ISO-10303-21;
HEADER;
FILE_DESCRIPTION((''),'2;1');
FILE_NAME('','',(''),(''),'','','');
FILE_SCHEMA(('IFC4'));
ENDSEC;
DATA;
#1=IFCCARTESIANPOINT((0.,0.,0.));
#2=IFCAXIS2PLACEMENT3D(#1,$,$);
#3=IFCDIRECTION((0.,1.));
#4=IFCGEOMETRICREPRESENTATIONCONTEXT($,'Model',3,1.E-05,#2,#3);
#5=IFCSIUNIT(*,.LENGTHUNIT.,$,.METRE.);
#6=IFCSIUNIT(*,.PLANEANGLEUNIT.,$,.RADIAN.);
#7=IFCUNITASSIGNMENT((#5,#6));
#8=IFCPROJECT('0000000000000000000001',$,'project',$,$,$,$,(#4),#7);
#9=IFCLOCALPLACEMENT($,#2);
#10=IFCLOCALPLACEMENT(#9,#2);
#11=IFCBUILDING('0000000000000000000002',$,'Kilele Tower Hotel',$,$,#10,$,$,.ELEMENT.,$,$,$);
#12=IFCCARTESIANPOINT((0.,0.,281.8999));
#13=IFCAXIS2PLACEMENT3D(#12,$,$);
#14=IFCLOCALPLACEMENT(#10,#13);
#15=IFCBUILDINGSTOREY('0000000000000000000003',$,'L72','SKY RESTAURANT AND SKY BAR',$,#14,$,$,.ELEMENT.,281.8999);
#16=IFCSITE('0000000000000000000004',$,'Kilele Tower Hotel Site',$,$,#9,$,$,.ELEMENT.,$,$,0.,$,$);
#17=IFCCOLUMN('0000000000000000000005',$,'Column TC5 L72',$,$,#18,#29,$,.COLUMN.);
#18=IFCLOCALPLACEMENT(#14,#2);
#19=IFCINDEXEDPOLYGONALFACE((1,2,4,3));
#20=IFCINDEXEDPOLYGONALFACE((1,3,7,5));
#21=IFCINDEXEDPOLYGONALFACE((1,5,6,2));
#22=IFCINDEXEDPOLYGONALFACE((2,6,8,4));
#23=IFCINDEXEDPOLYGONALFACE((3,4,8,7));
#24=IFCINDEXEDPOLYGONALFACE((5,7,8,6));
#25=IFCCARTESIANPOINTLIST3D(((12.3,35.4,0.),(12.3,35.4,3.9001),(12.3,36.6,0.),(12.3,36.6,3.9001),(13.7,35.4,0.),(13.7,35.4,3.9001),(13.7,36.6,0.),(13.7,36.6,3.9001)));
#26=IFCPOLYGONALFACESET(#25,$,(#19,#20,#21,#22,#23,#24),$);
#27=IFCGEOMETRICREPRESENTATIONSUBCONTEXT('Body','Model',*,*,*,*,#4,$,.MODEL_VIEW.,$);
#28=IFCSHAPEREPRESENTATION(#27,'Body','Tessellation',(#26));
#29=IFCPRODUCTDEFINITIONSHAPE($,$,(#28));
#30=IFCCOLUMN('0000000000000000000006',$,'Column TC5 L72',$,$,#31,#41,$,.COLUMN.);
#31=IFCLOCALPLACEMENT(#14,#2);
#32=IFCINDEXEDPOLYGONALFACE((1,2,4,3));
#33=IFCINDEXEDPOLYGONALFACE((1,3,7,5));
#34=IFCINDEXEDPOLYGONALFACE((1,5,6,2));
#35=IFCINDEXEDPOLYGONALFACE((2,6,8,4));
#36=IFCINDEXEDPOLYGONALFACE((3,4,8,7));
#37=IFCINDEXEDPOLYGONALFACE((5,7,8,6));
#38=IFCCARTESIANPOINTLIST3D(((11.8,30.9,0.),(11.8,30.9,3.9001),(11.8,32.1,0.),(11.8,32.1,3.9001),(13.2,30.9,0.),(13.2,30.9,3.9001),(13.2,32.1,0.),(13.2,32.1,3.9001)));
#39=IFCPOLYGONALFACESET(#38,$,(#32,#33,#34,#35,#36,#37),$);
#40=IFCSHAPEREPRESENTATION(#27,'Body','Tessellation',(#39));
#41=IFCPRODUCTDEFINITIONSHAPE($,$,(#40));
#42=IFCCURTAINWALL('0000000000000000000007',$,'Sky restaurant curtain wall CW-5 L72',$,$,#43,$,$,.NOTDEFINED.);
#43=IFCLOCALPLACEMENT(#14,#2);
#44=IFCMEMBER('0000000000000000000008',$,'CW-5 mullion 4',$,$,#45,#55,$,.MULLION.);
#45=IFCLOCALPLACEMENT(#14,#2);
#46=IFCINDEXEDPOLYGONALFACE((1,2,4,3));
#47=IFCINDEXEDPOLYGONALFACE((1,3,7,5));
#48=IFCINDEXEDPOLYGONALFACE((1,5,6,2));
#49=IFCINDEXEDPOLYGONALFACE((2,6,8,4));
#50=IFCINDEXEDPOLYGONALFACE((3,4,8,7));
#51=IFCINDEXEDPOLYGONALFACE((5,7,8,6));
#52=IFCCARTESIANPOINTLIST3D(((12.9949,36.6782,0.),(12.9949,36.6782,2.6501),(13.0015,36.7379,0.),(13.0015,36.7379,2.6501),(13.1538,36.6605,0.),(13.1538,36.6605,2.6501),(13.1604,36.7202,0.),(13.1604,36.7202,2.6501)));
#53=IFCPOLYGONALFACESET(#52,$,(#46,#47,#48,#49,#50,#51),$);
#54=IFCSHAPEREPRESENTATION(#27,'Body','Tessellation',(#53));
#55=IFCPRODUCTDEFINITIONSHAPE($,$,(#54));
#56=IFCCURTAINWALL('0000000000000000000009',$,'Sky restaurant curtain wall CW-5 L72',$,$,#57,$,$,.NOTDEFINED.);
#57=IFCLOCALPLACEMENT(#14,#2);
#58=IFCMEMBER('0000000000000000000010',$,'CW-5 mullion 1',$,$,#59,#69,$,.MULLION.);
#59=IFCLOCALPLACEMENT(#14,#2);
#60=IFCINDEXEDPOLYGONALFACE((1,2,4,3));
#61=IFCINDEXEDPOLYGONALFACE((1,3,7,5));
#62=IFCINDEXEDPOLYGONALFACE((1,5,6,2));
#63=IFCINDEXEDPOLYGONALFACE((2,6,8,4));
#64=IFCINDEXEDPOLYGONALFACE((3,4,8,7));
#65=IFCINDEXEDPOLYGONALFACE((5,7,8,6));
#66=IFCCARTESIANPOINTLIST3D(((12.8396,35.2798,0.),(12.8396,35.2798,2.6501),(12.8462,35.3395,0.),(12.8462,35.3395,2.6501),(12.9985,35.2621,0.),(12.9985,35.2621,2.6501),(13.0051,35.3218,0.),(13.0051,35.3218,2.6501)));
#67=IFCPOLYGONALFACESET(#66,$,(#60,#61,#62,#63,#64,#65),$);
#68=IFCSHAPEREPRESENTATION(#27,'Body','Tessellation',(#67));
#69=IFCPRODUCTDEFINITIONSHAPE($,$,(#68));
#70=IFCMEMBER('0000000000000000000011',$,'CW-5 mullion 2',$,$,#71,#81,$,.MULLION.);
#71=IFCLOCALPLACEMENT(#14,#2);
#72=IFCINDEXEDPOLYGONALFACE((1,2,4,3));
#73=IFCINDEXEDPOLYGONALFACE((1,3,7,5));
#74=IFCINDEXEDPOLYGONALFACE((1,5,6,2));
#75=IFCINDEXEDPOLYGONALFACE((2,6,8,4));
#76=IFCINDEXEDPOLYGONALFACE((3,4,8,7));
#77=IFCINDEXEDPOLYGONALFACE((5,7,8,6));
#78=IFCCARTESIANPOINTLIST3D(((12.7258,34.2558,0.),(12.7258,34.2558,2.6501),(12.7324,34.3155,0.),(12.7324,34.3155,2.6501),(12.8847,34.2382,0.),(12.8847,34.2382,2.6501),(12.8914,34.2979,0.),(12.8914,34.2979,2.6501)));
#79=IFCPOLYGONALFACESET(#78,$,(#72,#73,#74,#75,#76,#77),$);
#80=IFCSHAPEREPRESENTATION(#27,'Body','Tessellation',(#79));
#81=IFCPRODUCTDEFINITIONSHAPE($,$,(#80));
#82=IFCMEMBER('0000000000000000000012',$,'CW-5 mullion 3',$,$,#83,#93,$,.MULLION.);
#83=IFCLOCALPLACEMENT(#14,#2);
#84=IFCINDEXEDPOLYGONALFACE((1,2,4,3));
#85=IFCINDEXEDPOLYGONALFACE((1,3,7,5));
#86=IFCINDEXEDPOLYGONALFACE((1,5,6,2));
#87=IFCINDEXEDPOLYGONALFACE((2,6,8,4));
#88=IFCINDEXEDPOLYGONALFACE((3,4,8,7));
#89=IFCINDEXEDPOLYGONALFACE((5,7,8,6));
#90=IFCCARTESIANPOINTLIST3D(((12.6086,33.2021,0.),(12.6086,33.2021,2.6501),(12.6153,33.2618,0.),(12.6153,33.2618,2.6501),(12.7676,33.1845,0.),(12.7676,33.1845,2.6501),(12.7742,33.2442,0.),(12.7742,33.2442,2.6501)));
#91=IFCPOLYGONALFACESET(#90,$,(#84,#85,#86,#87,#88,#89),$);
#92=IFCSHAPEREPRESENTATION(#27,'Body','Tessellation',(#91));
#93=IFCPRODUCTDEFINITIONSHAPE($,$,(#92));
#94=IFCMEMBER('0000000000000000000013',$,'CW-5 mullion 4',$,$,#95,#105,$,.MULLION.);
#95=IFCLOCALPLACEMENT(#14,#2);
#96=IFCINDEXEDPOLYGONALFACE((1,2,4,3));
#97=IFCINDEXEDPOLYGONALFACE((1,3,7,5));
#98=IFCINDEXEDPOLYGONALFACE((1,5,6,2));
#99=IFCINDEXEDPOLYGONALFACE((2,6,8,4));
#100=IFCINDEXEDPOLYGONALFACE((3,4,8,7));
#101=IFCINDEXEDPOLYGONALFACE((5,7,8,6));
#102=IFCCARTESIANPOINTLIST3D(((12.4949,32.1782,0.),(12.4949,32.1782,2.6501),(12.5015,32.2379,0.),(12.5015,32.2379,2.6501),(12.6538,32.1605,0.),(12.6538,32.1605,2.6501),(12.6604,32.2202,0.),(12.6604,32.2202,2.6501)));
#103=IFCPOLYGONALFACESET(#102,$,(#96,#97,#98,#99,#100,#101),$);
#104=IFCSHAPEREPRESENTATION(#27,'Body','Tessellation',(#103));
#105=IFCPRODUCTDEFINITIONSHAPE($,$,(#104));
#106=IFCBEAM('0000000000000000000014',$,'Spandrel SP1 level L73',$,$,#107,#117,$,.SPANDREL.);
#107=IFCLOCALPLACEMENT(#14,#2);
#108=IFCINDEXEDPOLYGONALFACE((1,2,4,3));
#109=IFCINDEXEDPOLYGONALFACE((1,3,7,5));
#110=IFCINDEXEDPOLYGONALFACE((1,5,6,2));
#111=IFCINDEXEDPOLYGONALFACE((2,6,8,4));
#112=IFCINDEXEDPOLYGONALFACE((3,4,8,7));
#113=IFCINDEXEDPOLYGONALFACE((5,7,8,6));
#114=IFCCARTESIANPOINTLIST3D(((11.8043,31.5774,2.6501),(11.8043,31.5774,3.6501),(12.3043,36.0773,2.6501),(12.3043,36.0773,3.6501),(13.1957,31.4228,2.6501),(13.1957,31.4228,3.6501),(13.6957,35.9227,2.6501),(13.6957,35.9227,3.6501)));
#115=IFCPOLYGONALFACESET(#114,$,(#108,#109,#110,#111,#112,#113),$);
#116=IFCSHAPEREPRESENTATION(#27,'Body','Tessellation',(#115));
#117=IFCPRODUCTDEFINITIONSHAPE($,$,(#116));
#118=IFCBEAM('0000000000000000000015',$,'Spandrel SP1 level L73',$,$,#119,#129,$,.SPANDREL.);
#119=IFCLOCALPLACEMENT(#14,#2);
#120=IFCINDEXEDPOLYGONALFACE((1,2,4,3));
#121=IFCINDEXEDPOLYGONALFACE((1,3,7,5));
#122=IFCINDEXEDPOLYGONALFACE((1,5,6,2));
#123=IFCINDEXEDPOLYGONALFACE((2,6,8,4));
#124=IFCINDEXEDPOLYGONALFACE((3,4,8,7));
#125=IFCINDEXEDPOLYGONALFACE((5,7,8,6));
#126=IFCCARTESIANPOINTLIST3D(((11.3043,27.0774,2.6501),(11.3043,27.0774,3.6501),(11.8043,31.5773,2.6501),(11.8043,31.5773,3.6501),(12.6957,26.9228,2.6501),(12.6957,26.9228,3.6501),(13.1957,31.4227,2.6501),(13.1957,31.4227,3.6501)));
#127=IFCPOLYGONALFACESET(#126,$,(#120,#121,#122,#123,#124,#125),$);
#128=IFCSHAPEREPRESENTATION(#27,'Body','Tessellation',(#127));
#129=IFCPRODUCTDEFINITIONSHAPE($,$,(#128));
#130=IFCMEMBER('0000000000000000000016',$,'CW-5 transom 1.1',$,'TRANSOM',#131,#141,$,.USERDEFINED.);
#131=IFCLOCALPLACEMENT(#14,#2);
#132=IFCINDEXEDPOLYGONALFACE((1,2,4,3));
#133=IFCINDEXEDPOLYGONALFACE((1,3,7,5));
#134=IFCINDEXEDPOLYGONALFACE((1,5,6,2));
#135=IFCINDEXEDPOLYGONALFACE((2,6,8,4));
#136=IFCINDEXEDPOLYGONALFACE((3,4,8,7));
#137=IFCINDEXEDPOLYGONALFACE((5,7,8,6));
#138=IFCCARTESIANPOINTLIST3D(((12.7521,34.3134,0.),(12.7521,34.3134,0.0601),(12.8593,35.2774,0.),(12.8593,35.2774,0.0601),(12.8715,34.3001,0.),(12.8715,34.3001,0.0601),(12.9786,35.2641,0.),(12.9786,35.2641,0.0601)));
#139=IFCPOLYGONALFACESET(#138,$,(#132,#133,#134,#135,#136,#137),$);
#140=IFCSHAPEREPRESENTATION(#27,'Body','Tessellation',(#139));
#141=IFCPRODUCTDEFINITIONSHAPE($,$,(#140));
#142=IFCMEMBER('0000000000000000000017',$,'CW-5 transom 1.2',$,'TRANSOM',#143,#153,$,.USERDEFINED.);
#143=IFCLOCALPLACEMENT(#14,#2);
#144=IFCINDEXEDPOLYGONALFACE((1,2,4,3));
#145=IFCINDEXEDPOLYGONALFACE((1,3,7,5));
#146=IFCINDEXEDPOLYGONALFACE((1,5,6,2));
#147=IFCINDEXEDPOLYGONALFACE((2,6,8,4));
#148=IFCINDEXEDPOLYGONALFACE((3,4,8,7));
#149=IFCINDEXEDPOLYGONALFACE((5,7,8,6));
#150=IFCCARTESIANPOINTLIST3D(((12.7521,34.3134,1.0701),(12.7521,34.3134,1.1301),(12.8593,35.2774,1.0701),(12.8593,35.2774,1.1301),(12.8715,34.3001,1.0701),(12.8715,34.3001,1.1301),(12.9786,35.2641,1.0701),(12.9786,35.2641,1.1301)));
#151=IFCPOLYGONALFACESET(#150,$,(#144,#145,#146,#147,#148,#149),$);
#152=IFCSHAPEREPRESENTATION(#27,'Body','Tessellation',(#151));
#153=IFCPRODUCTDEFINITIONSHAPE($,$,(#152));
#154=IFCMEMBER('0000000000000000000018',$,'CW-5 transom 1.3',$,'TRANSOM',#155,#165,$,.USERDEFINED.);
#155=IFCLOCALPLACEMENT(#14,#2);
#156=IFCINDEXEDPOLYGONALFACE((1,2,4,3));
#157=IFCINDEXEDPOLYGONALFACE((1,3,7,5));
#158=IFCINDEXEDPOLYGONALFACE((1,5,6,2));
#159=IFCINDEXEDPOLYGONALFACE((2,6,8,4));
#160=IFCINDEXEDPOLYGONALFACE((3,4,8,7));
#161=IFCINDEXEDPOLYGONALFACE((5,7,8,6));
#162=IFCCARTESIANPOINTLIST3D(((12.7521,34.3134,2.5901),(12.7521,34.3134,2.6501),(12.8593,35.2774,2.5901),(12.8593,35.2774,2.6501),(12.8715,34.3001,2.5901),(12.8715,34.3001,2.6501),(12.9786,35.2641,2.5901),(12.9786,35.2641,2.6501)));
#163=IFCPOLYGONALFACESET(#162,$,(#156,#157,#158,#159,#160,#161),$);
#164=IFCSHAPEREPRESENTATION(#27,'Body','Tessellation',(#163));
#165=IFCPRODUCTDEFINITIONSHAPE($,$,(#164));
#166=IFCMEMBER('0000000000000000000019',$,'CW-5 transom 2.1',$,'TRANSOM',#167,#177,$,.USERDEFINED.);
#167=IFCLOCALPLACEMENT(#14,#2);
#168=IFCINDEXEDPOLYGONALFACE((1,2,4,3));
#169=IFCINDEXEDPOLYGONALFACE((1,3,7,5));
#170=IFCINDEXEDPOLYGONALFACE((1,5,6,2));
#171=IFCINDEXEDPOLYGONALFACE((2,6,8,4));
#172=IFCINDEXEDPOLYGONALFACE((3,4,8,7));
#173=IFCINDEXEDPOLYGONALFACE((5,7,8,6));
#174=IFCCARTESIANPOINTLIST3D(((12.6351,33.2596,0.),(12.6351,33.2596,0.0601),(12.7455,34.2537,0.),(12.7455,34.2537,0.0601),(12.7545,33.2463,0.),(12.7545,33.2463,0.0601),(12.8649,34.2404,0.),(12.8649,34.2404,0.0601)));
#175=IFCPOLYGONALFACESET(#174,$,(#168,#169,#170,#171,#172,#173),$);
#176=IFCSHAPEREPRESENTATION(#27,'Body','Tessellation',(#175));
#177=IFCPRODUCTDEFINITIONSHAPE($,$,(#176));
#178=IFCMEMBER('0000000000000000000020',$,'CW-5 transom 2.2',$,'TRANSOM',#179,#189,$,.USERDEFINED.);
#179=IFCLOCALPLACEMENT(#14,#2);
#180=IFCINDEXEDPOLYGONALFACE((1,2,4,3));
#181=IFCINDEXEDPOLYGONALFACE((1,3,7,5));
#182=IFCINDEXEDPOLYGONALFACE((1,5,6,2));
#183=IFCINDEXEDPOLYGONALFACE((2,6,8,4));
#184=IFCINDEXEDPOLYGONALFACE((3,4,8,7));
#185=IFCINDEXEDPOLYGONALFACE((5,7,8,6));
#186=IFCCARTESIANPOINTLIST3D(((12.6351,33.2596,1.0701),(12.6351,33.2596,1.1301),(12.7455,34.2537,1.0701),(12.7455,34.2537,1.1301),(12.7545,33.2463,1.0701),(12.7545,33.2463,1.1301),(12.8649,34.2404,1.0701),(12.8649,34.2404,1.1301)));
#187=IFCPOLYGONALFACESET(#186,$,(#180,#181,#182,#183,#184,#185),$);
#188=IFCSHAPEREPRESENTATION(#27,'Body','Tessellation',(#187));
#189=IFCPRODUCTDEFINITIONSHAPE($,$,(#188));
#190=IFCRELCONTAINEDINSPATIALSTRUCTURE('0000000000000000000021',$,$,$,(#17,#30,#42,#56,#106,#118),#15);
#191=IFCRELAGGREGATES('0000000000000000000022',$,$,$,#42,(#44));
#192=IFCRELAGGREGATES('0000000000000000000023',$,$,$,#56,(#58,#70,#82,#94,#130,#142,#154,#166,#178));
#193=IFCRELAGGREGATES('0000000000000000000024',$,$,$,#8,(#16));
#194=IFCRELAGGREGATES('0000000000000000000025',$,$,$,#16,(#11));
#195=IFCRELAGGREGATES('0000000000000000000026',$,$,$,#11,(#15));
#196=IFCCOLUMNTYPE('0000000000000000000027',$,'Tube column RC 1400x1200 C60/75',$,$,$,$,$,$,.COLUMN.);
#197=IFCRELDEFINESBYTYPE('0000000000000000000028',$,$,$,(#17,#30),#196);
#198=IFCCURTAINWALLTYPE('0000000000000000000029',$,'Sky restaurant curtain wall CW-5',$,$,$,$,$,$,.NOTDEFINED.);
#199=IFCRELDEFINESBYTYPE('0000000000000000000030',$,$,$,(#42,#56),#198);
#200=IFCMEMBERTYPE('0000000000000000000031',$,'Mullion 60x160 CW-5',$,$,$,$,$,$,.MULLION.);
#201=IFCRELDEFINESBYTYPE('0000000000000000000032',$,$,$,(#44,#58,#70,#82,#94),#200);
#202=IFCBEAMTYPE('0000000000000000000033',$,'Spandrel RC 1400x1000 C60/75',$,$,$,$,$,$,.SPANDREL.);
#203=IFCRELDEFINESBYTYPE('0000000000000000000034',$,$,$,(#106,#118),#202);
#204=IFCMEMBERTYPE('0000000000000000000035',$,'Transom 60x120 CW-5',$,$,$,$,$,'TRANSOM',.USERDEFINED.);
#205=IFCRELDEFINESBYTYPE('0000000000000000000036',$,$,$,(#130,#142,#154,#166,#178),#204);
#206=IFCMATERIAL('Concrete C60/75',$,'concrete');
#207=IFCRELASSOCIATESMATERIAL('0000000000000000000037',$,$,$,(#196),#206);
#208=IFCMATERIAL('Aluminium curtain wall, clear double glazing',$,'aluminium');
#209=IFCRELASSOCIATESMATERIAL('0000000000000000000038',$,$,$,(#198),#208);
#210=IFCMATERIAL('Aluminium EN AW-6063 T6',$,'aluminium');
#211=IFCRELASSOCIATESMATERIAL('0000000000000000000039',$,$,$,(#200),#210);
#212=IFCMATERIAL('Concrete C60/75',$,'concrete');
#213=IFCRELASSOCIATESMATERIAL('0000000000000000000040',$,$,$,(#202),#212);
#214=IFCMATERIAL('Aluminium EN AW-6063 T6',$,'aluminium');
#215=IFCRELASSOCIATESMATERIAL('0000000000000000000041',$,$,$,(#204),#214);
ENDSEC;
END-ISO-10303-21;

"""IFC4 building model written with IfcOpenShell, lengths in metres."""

from ifc_helpers import new_model, si_unit, direction, frame, origin, origin_2d, place, context, subcontext, project, spatial, rectangle, extrude, material, material_profile, profile_set, type_object, element, aggregate, save


model = new_model("IFC4")

# Units and contexts
model_context = context("Model", 3, precision=1e-05, world=origin(), true_north=direction((0.0, 1.0)))
body_context = subcontext(model_context, "Body", "Model", "MODEL_VIEW")
ifc_project = project(units=[si_unit("LENGTHUNIT", "METRE"), si_unit("PLANEANGLEUNIT", "RADIAN")], contexts=[model_context])

# Site, building, storey
site_placement = place(None, origin())
site = spatial("IfcSite", under=ifc_project, at=site_placement, Name="Kilele Tower Hotel Site", CompositionType="ELEMENT", RefElevation=0.0)
building_placement = place(site_placement, origin())
building = spatial("IfcBuilding", under=site, at=building_placement, Name="Kilele Tower Hotel", CompositionType="ELEMENT")
storey_placement = place(building_placement, frame((0.0, 0.0, 281.8999)))
storey = spatial("IfcBuildingStorey", under=building, at=storey_placement, Name="L72", Description="SKY RESTAURANT AND SKY BAR", CompositionType="ELEMENT", Elevation=281.8999)

# Columns
ifc_material_1 = material(Name="Concrete C60/75", Category="concrete")
ifc_material_profile_1 = material_profile(ifc_material_1, rectangle(XDim=1.3999, YDim=1.2, at=origin_2d()))
ifc_profile_set_1 = profile_set([ifc_material_profile_1], Name="Concrete C60/75")
column_type = type_object("IfcColumnType", Name="Tube column RC 1400x1200 C60/75", PredefinedType="COLUMN", material=ifc_profile_set_1)
for number, where, z_axis, x_axis, name in (
    (1, (13.0, 36.0, 0.0), (0.0, 0.0, 1.0), (1.0, 0.0, 0.0), "Column TC5 L72"),
    (2, (12.5, 31.5, 0.0), (0.0, 0.0, 1.0), (1.0, 0.0, 0.0), "Column TC5 L72"),
):
    element("IfcColumn", number, at=place(storey_placement, frame(where, z_axis=z_axis, x_axis=x_axis)), inside=storey, type_object=column_type, Name=name, PredefinedType="COLUMN", context=body_context, shape_type="SweptSolid", body=[
        extrude(rectangle(XDim=1.3999, YDim=1.2, at=origin_2d()), origin(), (0.0, 0.0, 1.0), 3.9001),
    ])

# Curtain wall, member
ifc_material_2 = material(Name="Aluminium curtain wall, clear double glazing", Category="aluminium")
curtain_wall_type = type_object("IfcCurtainWallType", Name="Sky restaurant curtain wall CW-5", PredefinedType="NOTDEFINED", material=ifc_material_2)
curtain_wall_1_placement = place(storey_placement, origin())
curtain_wall_1 = element("IfcCurtainWall", 3, at=curtain_wall_1_placement, inside=storey, type_object=curtain_wall_type, Name="Sky restaurant curtain wall CW-5 L72", PredefinedType="NOTDEFINED")
ifc_material_3 = material(Name="Aluminium EN AW-6063 T6", Category="aluminium")
ifc_material_profile_2 = material_profile(ifc_material_3, rectangle(XDim=0.1599, YDim=0.0601, at=origin_2d()))
ifc_profile_set_2 = profile_set([ifc_material_profile_2], Name="Aluminium EN AW-6063 T6")
member_type_1 = type_object("IfcMemberType", Name="Mullion 60x160 CW-5", PredefinedType="MULLION", material=ifc_profile_set_2)
member_1_placement = place(storey_placement, frame((13.0776, 36.6992, 0.0), z_axis=(0.0, 0.0, 1.0), x_axis=(0.993884, -0.110432, 0.0)))
member_1 = element("IfcMember", 4, at=member_1_placement, type_object=member_type_1, Name="CW-5 mullion 4", PredefinedType="MULLION", context=body_context, shape_type="SweptSolid", body=[
    extrude(rectangle(XDim=0.1599, YDim=0.0601, at=origin_2d()), origin(), (0.0, 0.0, 1.0), 2.6501),
])
aggregate(curtain_wall_1, [member_1])

# Curtain wall, members
curtain_wall_2_placement = place(storey_placement, origin())
curtain_wall_2 = element("IfcCurtainWall", 5, at=curtain_wall_2_placement, inside=storey, type_object=curtain_wall_type, Name="Sky restaurant curtain wall CW-5 L72", PredefinedType="NOTDEFINED")
member_2_placement = place(storey_placement, frame((12.9224, 35.3008, 0.0), z_axis=(0.0, 0.0, 1.0), x_axis=(0.993884, -0.110432, 0.0)))
member_2 = element("IfcMember", 6, at=member_2_placement, type_object=member_type_1, Name="CW-5 mullion 1", PredefinedType="MULLION", context=body_context, shape_type="SweptSolid", body=[
    extrude(rectangle(XDim=0.1599, YDim=0.0601, at=origin_2d()), origin(), (0.0, 0.0, 1.0), 2.6501),
])
member_3_placement = place(storey_placement, frame((12.8086, 34.2769, 0.0), z_axis=(0.0, 0.0, 1.0), x_axis=(0.993884, -0.110432, 0.0)))
member_3 = element("IfcMember", 7, at=member_3_placement, type_object=member_type_1, Name="CW-5 mullion 2", PredefinedType="MULLION", context=body_context, shape_type="SweptSolid", body=[
    extrude(rectangle(XDim=0.1599, YDim=0.0601, at=origin_2d()), origin(), (0.0, 0.0, 1.0), 2.6501),
])
member_4_placement = place(storey_placement, frame((12.6914, 33.2231, 0.0), z_axis=(0.0, 0.0, 1.0), x_axis=(0.993884, -0.110432, 0.0)))
member_4 = element("IfcMember", 8, at=member_4_placement, type_object=member_type_1, Name="CW-5 mullion 3", PredefinedType="MULLION", context=body_context, shape_type="SweptSolid", body=[
    extrude(rectangle(XDim=0.1599, YDim=0.0601, at=origin_2d()), origin(), (0.0, 0.0, 1.0), 2.6501),
])
member_5_placement = place(storey_placement, frame((12.5776, 32.1992, 0.0), z_axis=(0.0, 0.0, 1.0), x_axis=(0.993884, -0.110432, 0.0)))
member_5 = element("IfcMember", 9, at=member_5_placement, type_object=member_type_1, Name="CW-5 mullion 4", PredefinedType="MULLION", context=body_context, shape_type="SweptSolid", body=[
    extrude(rectangle(XDim=0.1599, YDim=0.0601, at=origin_2d()), origin(), (0.0, 0.0, 1.0), 2.6501),
])

# Beams
ifc_material_4 = material(Name="Concrete C60/75", Category="concrete")
ifc_material_profile_3 = material_profile(ifc_material_4, rectangle(XDim=1.3999, YDim=1.0, at=origin_2d()))
ifc_profile_set_3 = profile_set([ifc_material_profile_3], Name="Concrete C60/75")
beam_type = type_object("IfcBeamType", Name="Spandrel RC 1400x1000 C60/75", PredefinedType="SPANDREL", material=ifc_profile_set_3)
for number, where, z_axis, x_axis, name in (
    (10, (13.0, 36.0, 3.1501), (-0.110432, -0.993884, 0.0), (0.993884, -0.110432, 0.0), "Spandrel SP1 level L73"),
    (11, (12.5, 31.5, 3.1501), (-0.110432, -0.993884, 0.0), (0.993884, -0.110432, 0.0), "Spandrel SP1 level L73"),
):
    element("IfcBeam", number, at=place(storey_placement, frame(where, z_axis=z_axis, x_axis=x_axis)), inside=storey, type_object=beam_type, Name=name, PredefinedType="SPANDREL", context=body_context, shape_type="SweptSolid", body=[
        extrude(rectangle(XDim=1.3999, YDim=1.0, at=origin_2d()), origin(), (0.0, 0.0, 1.0), 4.5276),
    ])

# Members
ifc_material_5 = material(Name="Aluminium EN AW-6063 T6", Category="aluminium")
ifc_material_profile_4 = material_profile(ifc_material_5, rectangle(XDim=0.1201, YDim=0.0601, at=origin_2d()))
ifc_profile_set_4 = profile_set([ifc_material_profile_4], Name="Aluminium EN AW-6063 T6")
member_type_2 = type_object("IfcMemberType", Name="Transom 60x120 CW-5", ElementType="TRANSOM", PredefinedType="USERDEFINED", material=ifc_profile_set_4)
member_6_placement = place(storey_placement, frame((12.9189, 35.2708, 0.03), z_axis=(-0.110487, -0.993878, 0.0), x_axis=(0.993878, -0.110487, 0.0)))
member_6 = element("IfcMember", 12, at=member_6_placement, type_object=member_type_2, Name="CW-5 transom 1.1", ObjectType="TRANSOM", PredefinedType="USERDEFINED", context=body_context, shape_type="SweptSolid", body=[
    extrude(rectangle(XDim=0.1201, YDim=0.0601, at=origin_2d()), origin(), (0.0, 0.0, 1.0), 0.97),
])
member_7_placement = place(storey_placement, frame((12.9189, 35.2708, 1.1001), z_axis=(-0.110487, -0.993878, 0.0), x_axis=(0.993878, -0.110487, 0.0)))
member_7 = element("IfcMember", 13, at=member_7_placement, type_object=member_type_2, Name="CW-5 transom 1.2", ObjectType="TRANSOM", PredefinedType="USERDEFINED", context=body_context, shape_type="SweptSolid", body=[
    extrude(rectangle(XDim=0.1201, YDim=0.0601, at=origin_2d()), origin(), (0.0, 0.0, 1.0), 0.97),
])
member_8_placement = place(storey_placement, frame((12.9189, 35.2708, 2.6201), z_axis=(-0.110487, -0.993878, 0.0), x_axis=(0.993878, -0.110487, 0.0)))
member_8 = element("IfcMember", 14, at=member_8_placement, type_object=member_type_2, Name="CW-5 transom 1.3", ObjectType="TRANSOM", PredefinedType="USERDEFINED", context=body_context, shape_type="SweptSolid", body=[
    extrude(rectangle(XDim=0.1201, YDim=0.0601, at=origin_2d()), origin(), (0.0, 0.0, 1.0), 0.97),
])
member_9_placement = place(storey_placement, frame((12.8052, 34.2471, 0.03), z_axis=(-0.110324, -0.993896, 0.0), x_axis=(0.993896, -0.110324, 0.0)))
member_9 = element("IfcMember", 15, at=member_9_placement, type_object=member_type_2, Name="CW-5 transom 2.1", ObjectType="TRANSOM", PredefinedType="USERDEFINED", context=body_context, shape_type="SweptSolid", body=[
    extrude(rectangle(XDim=0.1201, YDim=0.0601, at=origin_2d()), origin(), (0.0, 0.0, 1.0), 1.0002),
])
member_10_placement = place(storey_placement, frame((12.8052, 34.2471, 1.1001), z_axis=(-0.110324, -0.993896, 0.0), x_axis=(0.993896, -0.110324, 0.0)))
member_10 = element("IfcMember", 16, at=member_10_placement, type_object=member_type_2, Name="CW-5 transom 2.2", ObjectType="TRANSOM", PredefinedType="USERDEFINED", context=body_context, shape_type="SweptSolid", body=[
    extrude(rectangle(XDim=0.1201, YDim=0.0601, at=origin_2d()), origin(), (0.0, 0.0, 1.0), 1.0002),
])

aggregate(curtain_wall_2, [member_2, member_3, member_4, member_5, member_6, member_7, member_8, member_9, member_10])

save(model, "model.ifc")
